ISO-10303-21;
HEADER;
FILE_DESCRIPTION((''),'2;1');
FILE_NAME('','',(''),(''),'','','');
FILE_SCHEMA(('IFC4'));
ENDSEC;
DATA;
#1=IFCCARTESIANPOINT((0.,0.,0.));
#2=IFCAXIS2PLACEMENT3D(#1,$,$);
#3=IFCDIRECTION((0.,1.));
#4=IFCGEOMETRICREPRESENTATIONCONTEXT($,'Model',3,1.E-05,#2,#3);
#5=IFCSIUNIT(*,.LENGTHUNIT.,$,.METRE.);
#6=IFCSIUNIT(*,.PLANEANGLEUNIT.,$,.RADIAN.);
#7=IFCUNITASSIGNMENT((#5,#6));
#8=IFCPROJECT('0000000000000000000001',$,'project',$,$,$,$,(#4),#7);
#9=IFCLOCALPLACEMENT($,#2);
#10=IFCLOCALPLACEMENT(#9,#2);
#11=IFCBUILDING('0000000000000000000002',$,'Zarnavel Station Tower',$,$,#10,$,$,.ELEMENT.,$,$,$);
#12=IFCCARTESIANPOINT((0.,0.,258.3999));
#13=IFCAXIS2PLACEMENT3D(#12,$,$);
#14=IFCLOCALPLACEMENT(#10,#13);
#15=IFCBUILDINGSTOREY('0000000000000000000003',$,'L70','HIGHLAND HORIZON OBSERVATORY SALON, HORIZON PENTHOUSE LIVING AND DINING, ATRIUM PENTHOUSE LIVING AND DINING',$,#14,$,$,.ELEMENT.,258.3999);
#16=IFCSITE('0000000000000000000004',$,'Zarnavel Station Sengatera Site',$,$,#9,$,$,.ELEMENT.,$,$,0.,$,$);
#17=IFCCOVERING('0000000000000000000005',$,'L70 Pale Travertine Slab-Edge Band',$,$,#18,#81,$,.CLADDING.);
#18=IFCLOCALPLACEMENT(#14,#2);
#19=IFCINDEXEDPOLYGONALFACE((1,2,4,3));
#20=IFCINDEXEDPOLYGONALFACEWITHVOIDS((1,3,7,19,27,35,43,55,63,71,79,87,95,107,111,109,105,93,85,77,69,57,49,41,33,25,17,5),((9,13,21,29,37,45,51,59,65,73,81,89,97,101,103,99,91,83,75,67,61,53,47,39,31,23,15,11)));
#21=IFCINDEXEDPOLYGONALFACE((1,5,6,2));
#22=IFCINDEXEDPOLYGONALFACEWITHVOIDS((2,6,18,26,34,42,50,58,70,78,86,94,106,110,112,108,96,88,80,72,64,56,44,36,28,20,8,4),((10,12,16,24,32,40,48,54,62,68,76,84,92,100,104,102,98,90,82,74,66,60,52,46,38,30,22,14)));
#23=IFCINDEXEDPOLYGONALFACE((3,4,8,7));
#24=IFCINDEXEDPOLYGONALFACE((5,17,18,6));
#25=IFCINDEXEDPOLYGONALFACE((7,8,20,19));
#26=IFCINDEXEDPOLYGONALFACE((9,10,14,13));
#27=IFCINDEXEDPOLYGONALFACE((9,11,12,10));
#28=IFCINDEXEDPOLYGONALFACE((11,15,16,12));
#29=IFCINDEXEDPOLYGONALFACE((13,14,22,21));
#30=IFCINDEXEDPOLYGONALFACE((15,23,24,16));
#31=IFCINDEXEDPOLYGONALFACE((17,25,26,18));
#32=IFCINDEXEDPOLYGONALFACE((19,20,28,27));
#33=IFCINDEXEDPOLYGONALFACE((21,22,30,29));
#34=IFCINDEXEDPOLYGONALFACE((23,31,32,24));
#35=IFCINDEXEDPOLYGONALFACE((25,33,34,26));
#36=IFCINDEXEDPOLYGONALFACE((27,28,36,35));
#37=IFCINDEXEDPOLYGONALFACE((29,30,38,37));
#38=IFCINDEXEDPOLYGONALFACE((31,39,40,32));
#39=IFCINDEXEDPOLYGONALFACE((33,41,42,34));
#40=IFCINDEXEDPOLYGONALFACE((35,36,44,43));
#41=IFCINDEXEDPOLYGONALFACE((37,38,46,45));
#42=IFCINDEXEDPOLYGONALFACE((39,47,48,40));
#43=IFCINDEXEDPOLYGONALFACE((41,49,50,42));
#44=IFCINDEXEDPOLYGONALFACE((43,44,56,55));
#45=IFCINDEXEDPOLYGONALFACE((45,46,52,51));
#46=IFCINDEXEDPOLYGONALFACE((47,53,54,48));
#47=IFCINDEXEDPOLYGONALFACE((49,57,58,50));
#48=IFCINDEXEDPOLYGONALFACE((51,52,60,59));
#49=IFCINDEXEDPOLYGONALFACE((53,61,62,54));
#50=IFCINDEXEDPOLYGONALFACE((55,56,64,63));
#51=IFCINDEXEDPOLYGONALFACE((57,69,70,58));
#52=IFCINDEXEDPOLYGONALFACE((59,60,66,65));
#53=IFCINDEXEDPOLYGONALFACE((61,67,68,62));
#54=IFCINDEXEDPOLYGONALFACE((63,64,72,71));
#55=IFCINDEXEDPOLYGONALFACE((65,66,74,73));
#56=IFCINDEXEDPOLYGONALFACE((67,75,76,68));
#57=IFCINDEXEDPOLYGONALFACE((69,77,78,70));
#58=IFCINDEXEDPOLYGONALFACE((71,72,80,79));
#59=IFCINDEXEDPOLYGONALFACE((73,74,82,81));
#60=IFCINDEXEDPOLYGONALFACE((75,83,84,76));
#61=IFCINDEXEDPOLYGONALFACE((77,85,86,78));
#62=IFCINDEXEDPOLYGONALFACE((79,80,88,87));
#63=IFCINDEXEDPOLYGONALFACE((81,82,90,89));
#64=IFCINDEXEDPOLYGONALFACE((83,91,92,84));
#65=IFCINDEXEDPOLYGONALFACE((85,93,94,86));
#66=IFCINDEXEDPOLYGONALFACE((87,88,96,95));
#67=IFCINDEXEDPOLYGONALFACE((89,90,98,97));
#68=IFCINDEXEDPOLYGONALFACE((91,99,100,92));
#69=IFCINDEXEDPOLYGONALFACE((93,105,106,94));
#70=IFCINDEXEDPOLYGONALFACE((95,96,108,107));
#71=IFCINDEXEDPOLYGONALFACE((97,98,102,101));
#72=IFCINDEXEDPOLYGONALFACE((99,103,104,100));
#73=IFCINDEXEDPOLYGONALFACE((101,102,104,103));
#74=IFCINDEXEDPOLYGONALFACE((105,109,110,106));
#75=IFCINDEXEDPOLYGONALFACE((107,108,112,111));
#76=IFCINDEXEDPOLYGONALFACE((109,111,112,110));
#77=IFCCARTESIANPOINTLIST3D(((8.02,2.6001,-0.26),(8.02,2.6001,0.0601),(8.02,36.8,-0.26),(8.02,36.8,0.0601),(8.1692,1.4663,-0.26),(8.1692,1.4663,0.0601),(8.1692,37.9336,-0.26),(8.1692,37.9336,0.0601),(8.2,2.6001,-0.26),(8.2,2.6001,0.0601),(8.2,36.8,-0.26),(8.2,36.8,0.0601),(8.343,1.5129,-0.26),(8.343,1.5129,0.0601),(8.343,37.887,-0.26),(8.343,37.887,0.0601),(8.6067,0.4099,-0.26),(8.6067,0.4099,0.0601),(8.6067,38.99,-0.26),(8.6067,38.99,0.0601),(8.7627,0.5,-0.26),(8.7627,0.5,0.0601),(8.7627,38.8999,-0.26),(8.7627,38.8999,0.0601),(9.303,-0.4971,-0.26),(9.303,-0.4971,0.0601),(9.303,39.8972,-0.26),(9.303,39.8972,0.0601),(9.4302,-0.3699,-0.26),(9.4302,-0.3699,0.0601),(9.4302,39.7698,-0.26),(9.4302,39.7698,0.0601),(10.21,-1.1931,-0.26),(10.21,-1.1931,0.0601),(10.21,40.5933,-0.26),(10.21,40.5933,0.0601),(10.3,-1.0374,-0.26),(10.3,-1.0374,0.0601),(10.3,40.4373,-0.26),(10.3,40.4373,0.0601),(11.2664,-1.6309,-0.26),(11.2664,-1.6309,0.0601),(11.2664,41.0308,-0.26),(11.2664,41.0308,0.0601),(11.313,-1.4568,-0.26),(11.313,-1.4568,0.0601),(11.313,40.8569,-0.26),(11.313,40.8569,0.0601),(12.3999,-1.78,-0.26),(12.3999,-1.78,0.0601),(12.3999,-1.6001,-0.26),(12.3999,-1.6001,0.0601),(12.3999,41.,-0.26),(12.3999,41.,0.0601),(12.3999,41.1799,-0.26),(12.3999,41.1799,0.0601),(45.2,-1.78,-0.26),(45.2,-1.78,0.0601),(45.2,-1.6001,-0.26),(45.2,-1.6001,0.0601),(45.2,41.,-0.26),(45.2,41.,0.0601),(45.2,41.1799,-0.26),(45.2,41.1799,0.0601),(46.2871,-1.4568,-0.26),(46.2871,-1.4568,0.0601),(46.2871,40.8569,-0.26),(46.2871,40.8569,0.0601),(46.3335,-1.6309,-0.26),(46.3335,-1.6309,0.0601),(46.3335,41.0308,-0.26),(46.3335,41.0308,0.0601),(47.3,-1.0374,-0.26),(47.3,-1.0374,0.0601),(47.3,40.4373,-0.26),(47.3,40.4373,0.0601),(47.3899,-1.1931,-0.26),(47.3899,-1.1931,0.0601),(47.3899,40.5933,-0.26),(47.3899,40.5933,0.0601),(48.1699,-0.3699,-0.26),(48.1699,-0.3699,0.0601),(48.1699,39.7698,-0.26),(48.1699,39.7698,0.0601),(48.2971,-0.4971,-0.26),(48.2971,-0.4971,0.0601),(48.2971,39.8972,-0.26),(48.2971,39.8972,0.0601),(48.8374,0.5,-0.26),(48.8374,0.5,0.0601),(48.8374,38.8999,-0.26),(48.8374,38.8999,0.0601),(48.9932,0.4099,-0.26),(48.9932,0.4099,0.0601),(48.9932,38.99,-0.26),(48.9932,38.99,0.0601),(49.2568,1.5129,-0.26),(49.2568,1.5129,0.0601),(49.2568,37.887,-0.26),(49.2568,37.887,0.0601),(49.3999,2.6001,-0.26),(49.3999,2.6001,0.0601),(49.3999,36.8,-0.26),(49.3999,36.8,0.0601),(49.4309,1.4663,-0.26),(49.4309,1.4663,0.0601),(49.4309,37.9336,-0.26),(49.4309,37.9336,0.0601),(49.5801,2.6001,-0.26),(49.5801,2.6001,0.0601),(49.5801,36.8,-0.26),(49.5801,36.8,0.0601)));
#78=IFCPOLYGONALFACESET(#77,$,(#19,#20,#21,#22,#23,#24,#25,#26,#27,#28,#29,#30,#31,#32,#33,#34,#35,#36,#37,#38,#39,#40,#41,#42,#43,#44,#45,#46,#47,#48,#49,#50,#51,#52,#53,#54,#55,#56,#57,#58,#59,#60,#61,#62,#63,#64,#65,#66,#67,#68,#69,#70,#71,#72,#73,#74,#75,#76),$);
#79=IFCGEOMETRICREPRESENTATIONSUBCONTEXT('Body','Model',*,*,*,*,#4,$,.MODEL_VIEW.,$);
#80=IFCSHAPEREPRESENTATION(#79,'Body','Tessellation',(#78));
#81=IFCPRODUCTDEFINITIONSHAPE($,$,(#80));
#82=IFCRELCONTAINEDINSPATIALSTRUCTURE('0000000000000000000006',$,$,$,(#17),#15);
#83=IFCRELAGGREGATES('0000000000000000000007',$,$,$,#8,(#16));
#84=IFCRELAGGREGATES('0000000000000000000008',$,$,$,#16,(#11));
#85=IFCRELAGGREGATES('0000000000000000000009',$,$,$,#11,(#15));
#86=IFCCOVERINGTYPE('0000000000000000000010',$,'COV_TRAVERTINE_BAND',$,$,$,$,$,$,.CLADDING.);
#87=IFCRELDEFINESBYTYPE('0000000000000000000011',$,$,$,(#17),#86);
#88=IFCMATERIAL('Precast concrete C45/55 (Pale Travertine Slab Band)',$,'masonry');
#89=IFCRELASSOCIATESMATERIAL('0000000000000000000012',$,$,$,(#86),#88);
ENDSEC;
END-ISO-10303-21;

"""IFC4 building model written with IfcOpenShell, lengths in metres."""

from ifc_helpers import new_model, si_unit, direction, frame, origin, place, context, subcontext, project, spatial, polyline, outline, extrude, material, type_object, element, save


model = new_model("IFC4")

# Units and contexts
model_context = context("Model", 3, precision=1e-05, world=origin(), true_north=direction((0.0, 1.0)))
body_context = subcontext(model_context, "Body", "Model", "MODEL_VIEW")
ifc_project = project(units=[si_unit("LENGTHUNIT", "METRE"), si_unit("PLANEANGLEUNIT", "RADIAN")], contexts=[model_context])

# Site, building, storey
site_placement = place(None, origin())
site = spatial("IfcSite", under=ifc_project, at=site_placement, Name="Zarnavel Station Sengatera Site", CompositionType="ELEMENT", RefElevation=0.0)
building_placement = place(site_placement, origin())
building = spatial("IfcBuilding", under=site, at=building_placement, Name="Zarnavel Station Tower", CompositionType="ELEMENT")
storey_placement = place(building_placement, frame((0.0, 0.0, 258.3999)))
storey = spatial("IfcBuildingStorey", under=building, at=storey_placement, Name="L70", Description="HIGHLAND HORIZON OBSERVATORY SALON, HORIZON PENTHOUSE LIVING AND DINING, ATRIUM PENTHOUSE LIVING AND DINING", CompositionType="ELEMENT", Elevation=258.3999)

# Covering
ifc_material_1 = material(Name="Precast concrete C45/55 (Pale Travertine Slab Band)", Category="masonry")
covering_type_1 = type_object("IfcCoveringType", Name="COV_TRAVERTINE_BAND", PredefinedType="CLADDING", material=ifc_material_1)
covering_1_placement = place(storey_placement, frame((0.0, 0.0, -0.26)))
element("IfcCovering", 1, at=covering_1_placement, inside=storey, type_object=covering_type_1, Name="L70 Pale Travertine Slab-Edge Band", PredefinedType="CLADDING", context=body_context, shape_type="SweptSolid", body=[
    extrude(outline(polyline([(45.2, -1.78), (46.3335, -1.6309), (47.3899, -1.1931), (48.2971, -0.4971), (48.9932, 0.4099), (49.4309, 1.4663), (49.5801, 2.6001), (49.5801, 36.8), (49.4309, 37.9336), (48.9932, 38.99), (48.2971, 39.8972), (47.3899, 40.5933), (46.3335, 41.0308), (45.2, 41.1799), (12.3999, 41.1799), (11.2664, 41.0308), (10.21, 40.5933), (9.303, 39.8972), (8.6067, 38.99), (8.1692, 37.9336), (8.02, 36.8), (8.02, 2.6001), (8.1692, 1.4663), (8.6067, 0.4099), (9.303, -0.4971), (10.21, -1.1931), (11.2664, -1.6309), (12.3999, -1.78), (45.2, -1.78)]), holes=[polyline([(45.2, -1.6001), (46.2871, -1.4568), (47.3, -1.0374), (48.1699, -0.3699), (48.8374, 0.5), (49.2568, 1.5129), (49.3999, 2.6001), (49.3999, 36.8), (49.2568, 37.887), (48.8374, 38.8999), (48.1699, 39.7698), (47.3, 40.4373), (46.2871, 40.8569), (45.2, 41.0), (12.3999, 41.0), (11.313, 40.8569), (10.3, 40.4373), (9.4302, 39.7698), (8.7627, 38.8999), (8.343, 37.887), (8.2, 36.8), (8.2, 2.6001), (8.343, 1.5129), (8.7627, 0.5), (9.4302, -0.3699), (10.3, -1.0374), (11.313, -1.4568), (12.3999, -1.6001), (45.2, -1.6001)])]), origin(), (0.0, 0.0, 1.0), 0.3201),
])

save(model, "model.ifc")
